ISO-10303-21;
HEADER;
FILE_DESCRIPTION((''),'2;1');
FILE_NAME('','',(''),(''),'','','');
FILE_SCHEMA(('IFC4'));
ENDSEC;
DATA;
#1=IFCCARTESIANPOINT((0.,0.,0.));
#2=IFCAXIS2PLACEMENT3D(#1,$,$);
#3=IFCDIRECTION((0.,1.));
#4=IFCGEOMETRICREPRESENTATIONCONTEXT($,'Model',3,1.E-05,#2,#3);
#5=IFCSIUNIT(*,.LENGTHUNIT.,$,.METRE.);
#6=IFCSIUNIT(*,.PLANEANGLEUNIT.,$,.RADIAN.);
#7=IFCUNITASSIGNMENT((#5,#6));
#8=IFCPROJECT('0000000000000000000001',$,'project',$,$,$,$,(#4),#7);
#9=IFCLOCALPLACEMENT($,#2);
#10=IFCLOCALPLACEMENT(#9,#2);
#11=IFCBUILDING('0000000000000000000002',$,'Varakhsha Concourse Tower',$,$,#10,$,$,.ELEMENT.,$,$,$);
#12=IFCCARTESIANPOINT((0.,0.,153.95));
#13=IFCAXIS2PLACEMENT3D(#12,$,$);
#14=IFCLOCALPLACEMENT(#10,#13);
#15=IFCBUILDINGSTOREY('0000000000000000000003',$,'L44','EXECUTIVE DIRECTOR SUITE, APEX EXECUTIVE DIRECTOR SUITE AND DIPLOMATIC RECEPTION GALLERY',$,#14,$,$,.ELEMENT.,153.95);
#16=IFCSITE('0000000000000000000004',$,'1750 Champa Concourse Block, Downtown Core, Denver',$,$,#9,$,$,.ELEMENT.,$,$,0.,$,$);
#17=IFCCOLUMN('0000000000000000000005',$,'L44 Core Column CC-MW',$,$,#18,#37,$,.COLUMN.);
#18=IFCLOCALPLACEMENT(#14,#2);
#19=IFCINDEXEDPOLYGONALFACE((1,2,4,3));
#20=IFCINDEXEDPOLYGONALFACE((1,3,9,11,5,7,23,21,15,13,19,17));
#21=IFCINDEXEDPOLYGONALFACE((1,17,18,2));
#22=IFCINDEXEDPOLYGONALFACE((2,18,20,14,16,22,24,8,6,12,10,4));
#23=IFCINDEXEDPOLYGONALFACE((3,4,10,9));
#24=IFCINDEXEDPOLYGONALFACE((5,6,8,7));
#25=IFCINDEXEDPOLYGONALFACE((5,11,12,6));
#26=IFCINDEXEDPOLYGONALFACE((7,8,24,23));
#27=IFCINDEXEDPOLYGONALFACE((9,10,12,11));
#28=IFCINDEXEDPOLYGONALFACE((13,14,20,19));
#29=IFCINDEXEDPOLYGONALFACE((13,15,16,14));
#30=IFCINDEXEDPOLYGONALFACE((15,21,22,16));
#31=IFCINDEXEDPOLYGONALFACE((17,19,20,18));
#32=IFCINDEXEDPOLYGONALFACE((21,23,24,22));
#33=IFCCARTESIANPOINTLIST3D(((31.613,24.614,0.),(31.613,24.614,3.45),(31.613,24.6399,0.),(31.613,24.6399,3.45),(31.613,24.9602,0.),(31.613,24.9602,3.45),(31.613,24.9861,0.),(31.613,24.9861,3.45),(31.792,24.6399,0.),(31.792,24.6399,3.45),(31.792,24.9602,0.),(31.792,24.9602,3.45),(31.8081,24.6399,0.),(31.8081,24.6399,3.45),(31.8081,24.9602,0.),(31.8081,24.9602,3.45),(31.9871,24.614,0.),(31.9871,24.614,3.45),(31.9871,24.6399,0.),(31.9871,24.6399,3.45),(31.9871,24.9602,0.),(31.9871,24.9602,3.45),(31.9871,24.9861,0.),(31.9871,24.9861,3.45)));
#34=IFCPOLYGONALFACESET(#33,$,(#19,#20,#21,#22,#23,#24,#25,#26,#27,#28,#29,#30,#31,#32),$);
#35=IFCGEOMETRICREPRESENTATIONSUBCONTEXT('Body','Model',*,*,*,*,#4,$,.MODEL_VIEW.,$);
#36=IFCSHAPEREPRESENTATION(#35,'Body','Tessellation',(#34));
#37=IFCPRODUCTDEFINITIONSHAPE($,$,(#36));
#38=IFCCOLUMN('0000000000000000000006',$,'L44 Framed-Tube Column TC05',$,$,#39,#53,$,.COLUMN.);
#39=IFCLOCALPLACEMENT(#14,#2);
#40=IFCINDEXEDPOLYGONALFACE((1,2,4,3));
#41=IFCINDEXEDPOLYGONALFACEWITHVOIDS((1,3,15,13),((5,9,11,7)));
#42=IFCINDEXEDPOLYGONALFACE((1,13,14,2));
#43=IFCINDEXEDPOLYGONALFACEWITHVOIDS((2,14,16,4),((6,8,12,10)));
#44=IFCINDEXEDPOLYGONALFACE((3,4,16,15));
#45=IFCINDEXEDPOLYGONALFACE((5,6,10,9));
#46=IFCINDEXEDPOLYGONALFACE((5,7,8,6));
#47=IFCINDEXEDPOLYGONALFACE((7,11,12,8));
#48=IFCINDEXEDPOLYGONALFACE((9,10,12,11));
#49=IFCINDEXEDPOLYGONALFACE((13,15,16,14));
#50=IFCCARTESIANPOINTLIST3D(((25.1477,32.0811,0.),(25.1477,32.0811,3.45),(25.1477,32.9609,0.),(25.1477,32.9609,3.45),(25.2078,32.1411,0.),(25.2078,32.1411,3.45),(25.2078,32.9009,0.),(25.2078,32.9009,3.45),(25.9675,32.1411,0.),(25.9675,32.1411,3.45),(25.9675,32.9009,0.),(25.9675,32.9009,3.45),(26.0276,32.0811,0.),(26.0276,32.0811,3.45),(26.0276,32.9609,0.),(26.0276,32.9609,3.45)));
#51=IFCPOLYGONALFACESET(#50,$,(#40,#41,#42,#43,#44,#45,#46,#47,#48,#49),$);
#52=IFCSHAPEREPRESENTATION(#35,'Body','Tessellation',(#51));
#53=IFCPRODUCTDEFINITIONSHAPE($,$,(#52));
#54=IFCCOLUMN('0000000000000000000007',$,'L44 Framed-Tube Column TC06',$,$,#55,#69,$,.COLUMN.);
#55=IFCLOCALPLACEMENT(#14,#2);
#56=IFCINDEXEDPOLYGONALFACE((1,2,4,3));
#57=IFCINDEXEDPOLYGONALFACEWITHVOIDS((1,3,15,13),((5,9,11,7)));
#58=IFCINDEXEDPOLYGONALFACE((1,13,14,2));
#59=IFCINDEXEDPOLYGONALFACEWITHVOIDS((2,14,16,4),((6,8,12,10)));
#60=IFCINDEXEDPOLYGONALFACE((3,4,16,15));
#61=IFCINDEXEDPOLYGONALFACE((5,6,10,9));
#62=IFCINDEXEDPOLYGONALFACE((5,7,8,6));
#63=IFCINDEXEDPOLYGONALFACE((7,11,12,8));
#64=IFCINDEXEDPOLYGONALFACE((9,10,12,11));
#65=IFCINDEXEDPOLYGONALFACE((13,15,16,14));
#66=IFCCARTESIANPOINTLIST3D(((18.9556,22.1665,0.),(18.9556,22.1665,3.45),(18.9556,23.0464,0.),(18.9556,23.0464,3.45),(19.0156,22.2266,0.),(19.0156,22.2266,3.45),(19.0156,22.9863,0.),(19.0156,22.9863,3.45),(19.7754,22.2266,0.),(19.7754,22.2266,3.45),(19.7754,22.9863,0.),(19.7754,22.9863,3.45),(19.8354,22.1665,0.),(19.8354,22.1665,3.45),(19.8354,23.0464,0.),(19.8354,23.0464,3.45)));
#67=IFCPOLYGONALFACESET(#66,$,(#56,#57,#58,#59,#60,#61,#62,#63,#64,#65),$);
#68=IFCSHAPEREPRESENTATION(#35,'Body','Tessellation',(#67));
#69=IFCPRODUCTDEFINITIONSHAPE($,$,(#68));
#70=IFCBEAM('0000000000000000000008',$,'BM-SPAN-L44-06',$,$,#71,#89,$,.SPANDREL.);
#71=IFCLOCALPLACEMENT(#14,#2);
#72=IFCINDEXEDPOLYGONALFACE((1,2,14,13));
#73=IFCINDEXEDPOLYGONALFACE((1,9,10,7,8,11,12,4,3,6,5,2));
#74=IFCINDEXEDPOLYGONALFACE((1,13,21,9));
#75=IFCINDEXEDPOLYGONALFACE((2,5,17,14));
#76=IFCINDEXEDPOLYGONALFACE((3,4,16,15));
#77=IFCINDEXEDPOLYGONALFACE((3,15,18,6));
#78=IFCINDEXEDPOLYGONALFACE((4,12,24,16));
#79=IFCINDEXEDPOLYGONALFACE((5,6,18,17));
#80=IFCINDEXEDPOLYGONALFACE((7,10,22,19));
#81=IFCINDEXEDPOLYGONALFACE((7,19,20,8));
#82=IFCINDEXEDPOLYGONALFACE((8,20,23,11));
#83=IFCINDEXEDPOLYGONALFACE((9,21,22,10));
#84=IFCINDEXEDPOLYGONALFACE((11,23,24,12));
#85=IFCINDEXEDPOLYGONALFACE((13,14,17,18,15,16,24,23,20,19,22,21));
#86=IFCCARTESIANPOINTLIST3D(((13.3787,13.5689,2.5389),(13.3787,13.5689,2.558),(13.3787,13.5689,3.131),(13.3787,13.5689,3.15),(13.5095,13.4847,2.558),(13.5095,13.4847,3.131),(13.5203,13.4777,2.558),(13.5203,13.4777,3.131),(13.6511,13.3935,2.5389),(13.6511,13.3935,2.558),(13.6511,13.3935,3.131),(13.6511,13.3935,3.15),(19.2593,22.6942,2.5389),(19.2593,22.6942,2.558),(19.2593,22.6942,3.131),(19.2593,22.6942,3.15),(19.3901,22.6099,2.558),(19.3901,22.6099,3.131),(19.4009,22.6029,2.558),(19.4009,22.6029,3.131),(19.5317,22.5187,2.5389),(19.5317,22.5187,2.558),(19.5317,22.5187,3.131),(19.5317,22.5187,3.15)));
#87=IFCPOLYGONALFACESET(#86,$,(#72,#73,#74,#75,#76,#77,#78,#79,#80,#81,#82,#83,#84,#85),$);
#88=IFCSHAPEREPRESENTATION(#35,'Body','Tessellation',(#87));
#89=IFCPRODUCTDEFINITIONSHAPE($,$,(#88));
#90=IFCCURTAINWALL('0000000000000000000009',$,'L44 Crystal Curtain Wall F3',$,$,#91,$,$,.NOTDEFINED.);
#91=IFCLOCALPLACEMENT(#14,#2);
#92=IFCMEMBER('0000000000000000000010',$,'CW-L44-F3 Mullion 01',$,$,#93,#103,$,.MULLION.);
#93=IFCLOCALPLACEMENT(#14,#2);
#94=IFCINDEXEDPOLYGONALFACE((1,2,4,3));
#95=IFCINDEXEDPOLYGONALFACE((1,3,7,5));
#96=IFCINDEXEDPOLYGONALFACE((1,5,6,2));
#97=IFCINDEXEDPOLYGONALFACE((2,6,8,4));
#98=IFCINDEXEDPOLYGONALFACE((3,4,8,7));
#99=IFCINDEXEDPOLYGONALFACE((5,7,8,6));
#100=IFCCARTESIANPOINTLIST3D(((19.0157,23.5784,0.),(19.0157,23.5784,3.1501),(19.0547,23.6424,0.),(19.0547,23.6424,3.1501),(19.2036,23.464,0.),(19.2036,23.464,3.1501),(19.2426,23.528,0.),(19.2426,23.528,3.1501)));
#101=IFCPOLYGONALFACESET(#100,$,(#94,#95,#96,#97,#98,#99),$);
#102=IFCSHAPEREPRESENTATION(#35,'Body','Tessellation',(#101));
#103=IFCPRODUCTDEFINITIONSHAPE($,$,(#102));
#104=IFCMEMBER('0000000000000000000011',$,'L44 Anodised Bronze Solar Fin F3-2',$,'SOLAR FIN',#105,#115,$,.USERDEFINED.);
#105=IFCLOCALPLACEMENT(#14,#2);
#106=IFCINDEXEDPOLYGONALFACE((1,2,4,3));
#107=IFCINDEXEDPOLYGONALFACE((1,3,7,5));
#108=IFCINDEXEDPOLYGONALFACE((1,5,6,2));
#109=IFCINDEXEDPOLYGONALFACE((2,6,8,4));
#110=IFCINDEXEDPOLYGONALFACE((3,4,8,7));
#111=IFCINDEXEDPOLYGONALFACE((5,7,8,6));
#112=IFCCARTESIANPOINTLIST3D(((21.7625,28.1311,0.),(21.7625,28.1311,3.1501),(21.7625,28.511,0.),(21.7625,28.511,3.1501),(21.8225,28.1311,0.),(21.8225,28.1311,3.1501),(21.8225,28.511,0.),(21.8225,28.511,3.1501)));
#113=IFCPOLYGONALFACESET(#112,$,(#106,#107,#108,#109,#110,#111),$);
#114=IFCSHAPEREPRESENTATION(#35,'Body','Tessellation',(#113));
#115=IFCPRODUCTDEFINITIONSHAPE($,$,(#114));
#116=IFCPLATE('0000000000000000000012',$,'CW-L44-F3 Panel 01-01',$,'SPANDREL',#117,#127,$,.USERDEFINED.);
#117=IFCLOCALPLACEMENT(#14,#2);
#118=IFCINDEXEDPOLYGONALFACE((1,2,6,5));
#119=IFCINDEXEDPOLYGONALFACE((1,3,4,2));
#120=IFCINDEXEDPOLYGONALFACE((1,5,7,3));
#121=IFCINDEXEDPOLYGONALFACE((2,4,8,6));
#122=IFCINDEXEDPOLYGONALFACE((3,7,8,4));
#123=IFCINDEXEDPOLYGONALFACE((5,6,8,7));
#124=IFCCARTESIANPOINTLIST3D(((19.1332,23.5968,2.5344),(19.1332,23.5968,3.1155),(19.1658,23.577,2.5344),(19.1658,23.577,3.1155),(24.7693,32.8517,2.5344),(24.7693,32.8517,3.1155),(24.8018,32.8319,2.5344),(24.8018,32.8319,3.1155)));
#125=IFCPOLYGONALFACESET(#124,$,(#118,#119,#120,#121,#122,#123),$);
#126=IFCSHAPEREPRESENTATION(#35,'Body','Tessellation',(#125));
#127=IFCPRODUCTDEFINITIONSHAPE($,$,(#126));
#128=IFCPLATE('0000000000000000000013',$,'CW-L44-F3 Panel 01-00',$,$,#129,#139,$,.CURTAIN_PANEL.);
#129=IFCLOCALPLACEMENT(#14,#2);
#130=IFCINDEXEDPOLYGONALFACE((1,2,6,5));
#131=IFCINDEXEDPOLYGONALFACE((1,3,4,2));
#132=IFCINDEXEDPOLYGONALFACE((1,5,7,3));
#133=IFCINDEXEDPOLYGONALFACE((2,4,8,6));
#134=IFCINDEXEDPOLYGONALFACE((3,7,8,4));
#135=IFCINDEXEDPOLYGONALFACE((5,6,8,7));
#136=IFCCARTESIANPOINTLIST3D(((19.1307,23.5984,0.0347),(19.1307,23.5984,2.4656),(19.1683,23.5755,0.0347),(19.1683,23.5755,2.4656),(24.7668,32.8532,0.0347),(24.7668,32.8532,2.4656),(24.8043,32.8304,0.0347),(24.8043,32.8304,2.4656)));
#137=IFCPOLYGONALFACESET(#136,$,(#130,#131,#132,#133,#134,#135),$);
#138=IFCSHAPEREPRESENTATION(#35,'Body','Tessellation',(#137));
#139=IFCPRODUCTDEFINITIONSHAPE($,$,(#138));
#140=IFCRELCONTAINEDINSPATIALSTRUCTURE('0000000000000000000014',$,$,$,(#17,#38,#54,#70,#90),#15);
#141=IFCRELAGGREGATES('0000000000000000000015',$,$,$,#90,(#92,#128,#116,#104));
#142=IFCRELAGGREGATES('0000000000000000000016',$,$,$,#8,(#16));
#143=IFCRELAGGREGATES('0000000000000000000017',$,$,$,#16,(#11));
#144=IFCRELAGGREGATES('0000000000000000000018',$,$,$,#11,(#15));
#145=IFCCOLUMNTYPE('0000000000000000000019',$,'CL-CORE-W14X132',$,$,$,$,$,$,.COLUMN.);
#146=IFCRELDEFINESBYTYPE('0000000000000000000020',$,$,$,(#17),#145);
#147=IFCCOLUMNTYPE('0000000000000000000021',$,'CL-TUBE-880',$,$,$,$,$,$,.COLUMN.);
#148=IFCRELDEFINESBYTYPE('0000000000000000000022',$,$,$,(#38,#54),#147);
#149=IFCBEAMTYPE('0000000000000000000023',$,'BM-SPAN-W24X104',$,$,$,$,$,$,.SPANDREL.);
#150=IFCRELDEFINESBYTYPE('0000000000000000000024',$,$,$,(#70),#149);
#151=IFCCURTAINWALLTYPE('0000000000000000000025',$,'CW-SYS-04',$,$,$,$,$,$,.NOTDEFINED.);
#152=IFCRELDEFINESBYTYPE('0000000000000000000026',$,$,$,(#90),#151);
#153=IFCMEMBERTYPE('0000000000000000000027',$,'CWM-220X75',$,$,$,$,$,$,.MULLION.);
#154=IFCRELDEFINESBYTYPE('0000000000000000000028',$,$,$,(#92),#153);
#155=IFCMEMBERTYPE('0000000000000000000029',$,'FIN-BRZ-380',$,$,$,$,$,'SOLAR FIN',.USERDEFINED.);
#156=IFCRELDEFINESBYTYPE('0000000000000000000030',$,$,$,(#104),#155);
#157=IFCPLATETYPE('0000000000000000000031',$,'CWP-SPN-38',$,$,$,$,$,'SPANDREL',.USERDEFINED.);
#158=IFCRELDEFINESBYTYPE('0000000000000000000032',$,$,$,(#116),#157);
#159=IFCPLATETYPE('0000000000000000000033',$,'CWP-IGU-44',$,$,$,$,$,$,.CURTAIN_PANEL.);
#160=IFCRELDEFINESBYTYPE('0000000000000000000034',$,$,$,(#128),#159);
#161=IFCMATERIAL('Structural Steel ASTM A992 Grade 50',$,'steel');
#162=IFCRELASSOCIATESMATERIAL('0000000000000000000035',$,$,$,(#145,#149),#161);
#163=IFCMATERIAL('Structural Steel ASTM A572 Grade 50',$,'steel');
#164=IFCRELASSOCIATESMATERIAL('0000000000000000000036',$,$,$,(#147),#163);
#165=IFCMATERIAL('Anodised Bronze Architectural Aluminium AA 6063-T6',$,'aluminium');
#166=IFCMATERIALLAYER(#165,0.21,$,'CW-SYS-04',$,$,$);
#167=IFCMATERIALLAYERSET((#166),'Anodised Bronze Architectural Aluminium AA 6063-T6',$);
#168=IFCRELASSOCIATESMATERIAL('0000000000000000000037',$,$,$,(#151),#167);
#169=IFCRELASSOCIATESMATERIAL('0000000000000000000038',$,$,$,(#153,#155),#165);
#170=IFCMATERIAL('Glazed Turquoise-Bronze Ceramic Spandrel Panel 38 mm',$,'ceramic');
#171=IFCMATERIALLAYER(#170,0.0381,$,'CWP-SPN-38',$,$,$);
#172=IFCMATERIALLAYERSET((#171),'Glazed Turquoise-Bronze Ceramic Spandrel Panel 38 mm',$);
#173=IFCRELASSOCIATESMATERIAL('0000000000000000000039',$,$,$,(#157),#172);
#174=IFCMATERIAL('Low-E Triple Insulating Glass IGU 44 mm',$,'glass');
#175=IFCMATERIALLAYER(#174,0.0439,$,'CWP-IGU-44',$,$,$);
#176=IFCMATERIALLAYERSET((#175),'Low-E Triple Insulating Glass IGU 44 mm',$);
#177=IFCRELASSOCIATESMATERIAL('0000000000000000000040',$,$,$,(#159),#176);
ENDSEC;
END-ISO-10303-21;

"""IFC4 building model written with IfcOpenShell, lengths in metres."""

from ifc_helpers import new_model, si_unit, direction, frame, origin, origin_2d, place, context, subcontext, project, spatial, rectangle, hollow_rectangle, i_section, extrude, source, transform, mapped, material, layer, layer_set, material_profile, profile_set, type_object, type_shapes, element, aggregate, save


model = new_model("IFC4")

# Units and contexts
model_context = context("Model", 3, precision=1e-05, world=origin(), true_north=direction((0.0, 1.0)))
body_context = subcontext(model_context, "Body", "Model", "MODEL_VIEW")
ifc_project = project(units=[si_unit("LENGTHUNIT", "METRE"), si_unit("PLANEANGLEUNIT", "RADIAN")], contexts=[model_context])

# Site, building, storey
site_placement = place(None, origin())
site = spatial("IfcSite", under=ifc_project, at=site_placement, Name="1750 Champa Concourse Block, Downtown Core, Denver", CompositionType="ELEMENT", RefElevation=0.0)
building_placement = place(site_placement, origin())
building = spatial("IfcBuilding", under=site, at=building_placement, Name="Varakhsha Concourse Tower", CompositionType="ELEMENT")
storey_placement = place(building_placement, frame((0.0, 0.0, 153.95)))
storey = spatial("IfcBuildingStorey", under=building, at=storey_placement, Name="L44", Description="EXECUTIVE DIRECTOR SUITE, APEX EXECUTIVE DIRECTOR SUITE AND DIPLOMATIC RECEPTION GALLERY", CompositionType="ELEMENT", Elevation=153.95)

# Columns
ifc_material_1 = material(Name="Structural Steel ASTM A992 Grade 50", Category="steel")
ifc_material_profile_1 = material_profile(ifc_material_1, i_section(OverallWidth=0.374, OverallDepth=0.3721, WebThickness=0.0161, FlangeThickness=0.0259, at=origin_2d()), Name="W14X132")
ifc_profile_set_1 = profile_set([ifc_material_profile_1], Name="Structural Steel ASTM A992 Grade 50")
column_type_1 = type_object("IfcColumnType", Name="CL-CORE-W14X132", PredefinedType="COLUMN", material=ifc_profile_set_1)
column_placement = place(storey_placement, frame((31.8, 24.8, 0.0), z_axis=(0.0, 0.0, 1.0), x_axis=(1.0, 0.0, 0.0)))
element("IfcColumn", 1, at=column_placement, inside=storey, type_object=column_type_1, Name="L44 Core Column CC-MW", PredefinedType="COLUMN", context=body_context, shape_type="SweptSolid", body=[
    extrude(i_section(OverallWidth=0.374, OverallDepth=0.3721, WebThickness=0.0161, FlangeThickness=0.0259, at=origin_2d()), origin(), (0.0, 0.0, 1.0), 3.45),
])
ifc_material_2 = material(Name="Structural Steel ASTM A572 Grade 50", Category="steel")
ifc_material_profile_2 = material_profile(ifc_material_2, hollow_rectangle(XDim=0.8799, YDim=0.8799, WallThickness=0.0601, at=origin_2d()), Name="BOX 880x880x60")
ifc_profile_set_2 = profile_set([ifc_material_profile_2], Name="Structural Steel ASTM A572 Grade 50")
column_type_2 = type_object("IfcColumnType", Name="CL-TUBE-880", PredefinedType="COLUMN", material=ifc_profile_set_2)
for number, where, z_axis, x_axis, name in (
    (2, (25.5876, 32.521, 0.0), (0.0, 0.0, 1.0), (1.0, 0.0, 0.0), "L44 Framed-Tube Column TC05"),
    (3, (19.3955, 22.6064, 0.0), (0.0, 0.0, 1.0), (1.0, 0.0, 0.0), "L44 Framed-Tube Column TC06"),
):
    element("IfcColumn", number, at=place(storey_placement, frame(where, z_axis=z_axis, x_axis=x_axis)), inside=storey, type_object=column_type_2, Name=name, PredefinedType="COLUMN", context=body_context, shape_type="SweptSolid", body=[
        extrude(hollow_rectangle(XDim=0.8799, YDim=0.8799, WallThickness=0.0601, at=origin_2d()), origin(), (0.0, 0.0, 1.0), 3.45),
    ])

# Beam
ifc_material_profile_3 = material_profile(ifc_material_1, i_section(OverallWidth=0.324, OverallDepth=0.6111, WebThickness=0.0129, FlangeThickness=0.019, at=origin_2d()), Name="W24X104")
ifc_profile_set_3 = profile_set([ifc_material_profile_3], Name="Structural Steel ASTM A992 Grade 50")
beam_type = type_object("IfcBeamType", Name="BM-SPAN-W24X104", PredefinedType="SPANDREL", material=ifc_profile_set_3)
beam_placement = place(storey_placement, frame((19.3955, 22.6064, 2.8445), z_axis=(-0.541695, -0.840575, 0.0), x_axis=(0.840575, -0.541695, 0.0)))
element("IfcBeam", 4, at=beam_placement, inside=storey, type_object=beam_type, Name="BM-SPAN-L44-06", PredefinedType="SPANDREL", context=body_context, shape_type="SweptSolid", body=[
    extrude(i_section(OverallWidth=0.324, OverallDepth=0.6111, WebThickness=0.0129, FlangeThickness=0.019, at=origin_2d()), origin(), (0.0, 0.0, 1.0), 10.856),
])

# Curtain wall, members, plates
ifc_material_3 = material(Name="Anodised Bronze Architectural Aluminium AA 6063-T6", Category="aluminium")
ifc_layer_1 = layer(ifc_material_3, 0.21, Name="CW-SYS-04")
ifc_layer_set_1 = layer_set([ifc_layer_1], Name="Anodised Bronze Architectural Aluminium AA 6063-T6")
curtain_wall_type = type_object("IfcCurtainWallType", Name="CW-SYS-04", PredefinedType="NOTDEFINED", material=ifc_layer_set_1)
curtain_wall_placement = place(storey_placement, origin())
curtain_wall = element("IfcCurtainWall", 5, at=curtain_wall_placement, inside=storey, type_object=curtain_wall_type, Name="L44 Crystal Curtain Wall F3", PredefinedType="NOTDEFINED")
ifc_material_profile_4 = material_profile(ifc_material_3, rectangle(XDim=0.075, YDim=0.22, at=origin_2d()), Name="CWM-220X75")
ifc_profile_set_4 = profile_set([ifc_material_profile_4], Name="Anodised Bronze Architectural Aluminium AA 6063-T6")
member_type_1 = type_object("IfcMemberType", Name="CWM-220X75", PredefinedType="MULLION", material=ifc_profile_set_4)
shared_shape_1 = source(origin(), body_context, "Body", "SweptSolid", [
    extrude(rectangle(XDim=0.075, YDim=0.22, at=origin_2d()), origin(), (0.0, 0.0, 1.0), 3.1501),
])
type_shapes(member_type_1, [shared_shape_1])
member_1_placement = place(storey_placement, frame((19.1292, 23.5532, 0.0), z_axis=(0.0, 0.0, 1.0), x_axis=(0.520126, 0.85409, 0.0)))
member_1 = element("IfcMember", 6, at=member_1_placement, type_object=member_type_1, Name="CW-L44-F3 Mullion 01", PredefinedType="MULLION", context=body_context, shape_type="MappedRepresentation", body=[
    mapped(shared_shape_1, transform((0.0, 0.0, 0.0), scale=1.0)),
])
ifc_material_profile_5 = material_profile(ifc_material_3, rectangle(XDim=0.0601, YDim=0.3799, at=origin_2d()), Name="FIN-BRZ-380")
ifc_profile_set_5 = profile_set([ifc_material_profile_5], Name="Anodised Bronze Architectural Aluminium AA 6063-T6")
member_type_2 = type_object("IfcMemberType", Name="FIN-BRZ-380", ElementType="SOLAR FIN", PredefinedType="USERDEFINED", material=ifc_profile_set_5)
shared_shape_2 = source(origin(), body_context, "Body", "SweptSolid", [
    extrude(rectangle(XDim=0.0601, YDim=0.3799, at=origin_2d()), origin(), (0.0, 0.0, 1.0), 3.1501),
])
type_shapes(member_type_2, [shared_shape_2])
member_2_placement = place(storey_placement, frame((21.7925, 28.321, 0.0), z_axis=(0.0, 0.0, 1.0), x_axis=(1.0, 0.0, 0.0)))
member_2 = element("IfcMember", 7, at=member_2_placement, type_object=member_type_2, Name="L44 Anodised Bronze Solar Fin F3-2", ObjectType="SOLAR FIN", PredefinedType="USERDEFINED", context=body_context, shape_type="MappedRepresentation", body=[
    mapped(shared_shape_2, transform((0.0, 0.0, 0.0), scale=1.0)),
])
ifc_material_4 = material(Name="Glazed Turquoise-Bronze Ceramic Spandrel Panel 38 mm", Category="ceramic")
ifc_layer_2 = layer(ifc_material_4, 0.0381, Name="CWP-SPN-38")
ifc_layer_set_2 = layer_set([ifc_layer_2], Name="Glazed Turquoise-Bronze Ceramic Spandrel Panel 38 mm")
plate_type_1 = type_object("IfcPlateType", Name="CWP-SPN-38", ElementType="SPANDREL", PredefinedType="USERDEFINED", material=ifc_layer_set_2)
shared_shape_3 = source(origin(), body_context, "Body", "SweptSolid", [
    extrude(rectangle(XDim=10.8359, YDim=0.0381, at=origin_2d()), origin(), (0.0, 0.0, 1.0), 0.5811),
])
type_shapes(plate_type_1, [shared_shape_3])
plate_1_placement = place(storey_placement, frame((21.9675, 28.2144, 2.5344), z_axis=(0.0, 0.0, 1.0), x_axis=(0.520126, 0.85409, 0.0)))
plate_1 = element("IfcPlate", 8, at=plate_1_placement, type_object=plate_type_1, Name="CW-L44-F3 Panel 01-01", ObjectType="SPANDREL", PredefinedType="USERDEFINED", context=body_context, shape_type="MappedRepresentation", body=[
    mapped(shared_shape_3, transform((0.0, 0.0, 0.0), scale=1.0)),
])
ifc_material_5 = material(Name="Low-E Triple Insulating Glass IGU 44 mm", Category="glass")
ifc_layer_3 = layer(ifc_material_5, 0.0439, Name="CWP-IGU-44")
ifc_layer_set_3 = layer_set([ifc_layer_3], Name="Low-E Triple Insulating Glass IGU 44 mm")
plate_type_2 = type_object("IfcPlateType", Name="CWP-IGU-44", PredefinedType="CURTAIN_PANEL", material=ifc_layer_set_3)
shared_shape_4 = source(origin(), body_context, "Body", "SweptSolid", [
    extrude(rectangle(XDim=10.8359, YDim=0.0439, at=origin_2d()), origin(), (0.0, 0.0, 1.0), 2.4309),
])
type_shapes(plate_type_2, [shared_shape_4])
plate_2_placement = place(storey_placement, frame((21.9675, 28.2144, 0.0347), z_axis=(0.0, 0.0, 1.0), x_axis=(0.520126, 0.85409, 0.0)))
plate_2 = element("IfcPlate", 9, at=plate_2_placement, type_object=plate_type_2, Name="CW-L44-F3 Panel 01-00", PredefinedType="CURTAIN_PANEL", context=body_context, shape_type="MappedRepresentation", body=[
    mapped(shared_shape_4, transform((0.0, 0.0, 0.0), scale=1.0)),
])
aggregate(curtain_wall, [member_1, plate_2, plate_1, member_2])

save(model, "model.ifc")
